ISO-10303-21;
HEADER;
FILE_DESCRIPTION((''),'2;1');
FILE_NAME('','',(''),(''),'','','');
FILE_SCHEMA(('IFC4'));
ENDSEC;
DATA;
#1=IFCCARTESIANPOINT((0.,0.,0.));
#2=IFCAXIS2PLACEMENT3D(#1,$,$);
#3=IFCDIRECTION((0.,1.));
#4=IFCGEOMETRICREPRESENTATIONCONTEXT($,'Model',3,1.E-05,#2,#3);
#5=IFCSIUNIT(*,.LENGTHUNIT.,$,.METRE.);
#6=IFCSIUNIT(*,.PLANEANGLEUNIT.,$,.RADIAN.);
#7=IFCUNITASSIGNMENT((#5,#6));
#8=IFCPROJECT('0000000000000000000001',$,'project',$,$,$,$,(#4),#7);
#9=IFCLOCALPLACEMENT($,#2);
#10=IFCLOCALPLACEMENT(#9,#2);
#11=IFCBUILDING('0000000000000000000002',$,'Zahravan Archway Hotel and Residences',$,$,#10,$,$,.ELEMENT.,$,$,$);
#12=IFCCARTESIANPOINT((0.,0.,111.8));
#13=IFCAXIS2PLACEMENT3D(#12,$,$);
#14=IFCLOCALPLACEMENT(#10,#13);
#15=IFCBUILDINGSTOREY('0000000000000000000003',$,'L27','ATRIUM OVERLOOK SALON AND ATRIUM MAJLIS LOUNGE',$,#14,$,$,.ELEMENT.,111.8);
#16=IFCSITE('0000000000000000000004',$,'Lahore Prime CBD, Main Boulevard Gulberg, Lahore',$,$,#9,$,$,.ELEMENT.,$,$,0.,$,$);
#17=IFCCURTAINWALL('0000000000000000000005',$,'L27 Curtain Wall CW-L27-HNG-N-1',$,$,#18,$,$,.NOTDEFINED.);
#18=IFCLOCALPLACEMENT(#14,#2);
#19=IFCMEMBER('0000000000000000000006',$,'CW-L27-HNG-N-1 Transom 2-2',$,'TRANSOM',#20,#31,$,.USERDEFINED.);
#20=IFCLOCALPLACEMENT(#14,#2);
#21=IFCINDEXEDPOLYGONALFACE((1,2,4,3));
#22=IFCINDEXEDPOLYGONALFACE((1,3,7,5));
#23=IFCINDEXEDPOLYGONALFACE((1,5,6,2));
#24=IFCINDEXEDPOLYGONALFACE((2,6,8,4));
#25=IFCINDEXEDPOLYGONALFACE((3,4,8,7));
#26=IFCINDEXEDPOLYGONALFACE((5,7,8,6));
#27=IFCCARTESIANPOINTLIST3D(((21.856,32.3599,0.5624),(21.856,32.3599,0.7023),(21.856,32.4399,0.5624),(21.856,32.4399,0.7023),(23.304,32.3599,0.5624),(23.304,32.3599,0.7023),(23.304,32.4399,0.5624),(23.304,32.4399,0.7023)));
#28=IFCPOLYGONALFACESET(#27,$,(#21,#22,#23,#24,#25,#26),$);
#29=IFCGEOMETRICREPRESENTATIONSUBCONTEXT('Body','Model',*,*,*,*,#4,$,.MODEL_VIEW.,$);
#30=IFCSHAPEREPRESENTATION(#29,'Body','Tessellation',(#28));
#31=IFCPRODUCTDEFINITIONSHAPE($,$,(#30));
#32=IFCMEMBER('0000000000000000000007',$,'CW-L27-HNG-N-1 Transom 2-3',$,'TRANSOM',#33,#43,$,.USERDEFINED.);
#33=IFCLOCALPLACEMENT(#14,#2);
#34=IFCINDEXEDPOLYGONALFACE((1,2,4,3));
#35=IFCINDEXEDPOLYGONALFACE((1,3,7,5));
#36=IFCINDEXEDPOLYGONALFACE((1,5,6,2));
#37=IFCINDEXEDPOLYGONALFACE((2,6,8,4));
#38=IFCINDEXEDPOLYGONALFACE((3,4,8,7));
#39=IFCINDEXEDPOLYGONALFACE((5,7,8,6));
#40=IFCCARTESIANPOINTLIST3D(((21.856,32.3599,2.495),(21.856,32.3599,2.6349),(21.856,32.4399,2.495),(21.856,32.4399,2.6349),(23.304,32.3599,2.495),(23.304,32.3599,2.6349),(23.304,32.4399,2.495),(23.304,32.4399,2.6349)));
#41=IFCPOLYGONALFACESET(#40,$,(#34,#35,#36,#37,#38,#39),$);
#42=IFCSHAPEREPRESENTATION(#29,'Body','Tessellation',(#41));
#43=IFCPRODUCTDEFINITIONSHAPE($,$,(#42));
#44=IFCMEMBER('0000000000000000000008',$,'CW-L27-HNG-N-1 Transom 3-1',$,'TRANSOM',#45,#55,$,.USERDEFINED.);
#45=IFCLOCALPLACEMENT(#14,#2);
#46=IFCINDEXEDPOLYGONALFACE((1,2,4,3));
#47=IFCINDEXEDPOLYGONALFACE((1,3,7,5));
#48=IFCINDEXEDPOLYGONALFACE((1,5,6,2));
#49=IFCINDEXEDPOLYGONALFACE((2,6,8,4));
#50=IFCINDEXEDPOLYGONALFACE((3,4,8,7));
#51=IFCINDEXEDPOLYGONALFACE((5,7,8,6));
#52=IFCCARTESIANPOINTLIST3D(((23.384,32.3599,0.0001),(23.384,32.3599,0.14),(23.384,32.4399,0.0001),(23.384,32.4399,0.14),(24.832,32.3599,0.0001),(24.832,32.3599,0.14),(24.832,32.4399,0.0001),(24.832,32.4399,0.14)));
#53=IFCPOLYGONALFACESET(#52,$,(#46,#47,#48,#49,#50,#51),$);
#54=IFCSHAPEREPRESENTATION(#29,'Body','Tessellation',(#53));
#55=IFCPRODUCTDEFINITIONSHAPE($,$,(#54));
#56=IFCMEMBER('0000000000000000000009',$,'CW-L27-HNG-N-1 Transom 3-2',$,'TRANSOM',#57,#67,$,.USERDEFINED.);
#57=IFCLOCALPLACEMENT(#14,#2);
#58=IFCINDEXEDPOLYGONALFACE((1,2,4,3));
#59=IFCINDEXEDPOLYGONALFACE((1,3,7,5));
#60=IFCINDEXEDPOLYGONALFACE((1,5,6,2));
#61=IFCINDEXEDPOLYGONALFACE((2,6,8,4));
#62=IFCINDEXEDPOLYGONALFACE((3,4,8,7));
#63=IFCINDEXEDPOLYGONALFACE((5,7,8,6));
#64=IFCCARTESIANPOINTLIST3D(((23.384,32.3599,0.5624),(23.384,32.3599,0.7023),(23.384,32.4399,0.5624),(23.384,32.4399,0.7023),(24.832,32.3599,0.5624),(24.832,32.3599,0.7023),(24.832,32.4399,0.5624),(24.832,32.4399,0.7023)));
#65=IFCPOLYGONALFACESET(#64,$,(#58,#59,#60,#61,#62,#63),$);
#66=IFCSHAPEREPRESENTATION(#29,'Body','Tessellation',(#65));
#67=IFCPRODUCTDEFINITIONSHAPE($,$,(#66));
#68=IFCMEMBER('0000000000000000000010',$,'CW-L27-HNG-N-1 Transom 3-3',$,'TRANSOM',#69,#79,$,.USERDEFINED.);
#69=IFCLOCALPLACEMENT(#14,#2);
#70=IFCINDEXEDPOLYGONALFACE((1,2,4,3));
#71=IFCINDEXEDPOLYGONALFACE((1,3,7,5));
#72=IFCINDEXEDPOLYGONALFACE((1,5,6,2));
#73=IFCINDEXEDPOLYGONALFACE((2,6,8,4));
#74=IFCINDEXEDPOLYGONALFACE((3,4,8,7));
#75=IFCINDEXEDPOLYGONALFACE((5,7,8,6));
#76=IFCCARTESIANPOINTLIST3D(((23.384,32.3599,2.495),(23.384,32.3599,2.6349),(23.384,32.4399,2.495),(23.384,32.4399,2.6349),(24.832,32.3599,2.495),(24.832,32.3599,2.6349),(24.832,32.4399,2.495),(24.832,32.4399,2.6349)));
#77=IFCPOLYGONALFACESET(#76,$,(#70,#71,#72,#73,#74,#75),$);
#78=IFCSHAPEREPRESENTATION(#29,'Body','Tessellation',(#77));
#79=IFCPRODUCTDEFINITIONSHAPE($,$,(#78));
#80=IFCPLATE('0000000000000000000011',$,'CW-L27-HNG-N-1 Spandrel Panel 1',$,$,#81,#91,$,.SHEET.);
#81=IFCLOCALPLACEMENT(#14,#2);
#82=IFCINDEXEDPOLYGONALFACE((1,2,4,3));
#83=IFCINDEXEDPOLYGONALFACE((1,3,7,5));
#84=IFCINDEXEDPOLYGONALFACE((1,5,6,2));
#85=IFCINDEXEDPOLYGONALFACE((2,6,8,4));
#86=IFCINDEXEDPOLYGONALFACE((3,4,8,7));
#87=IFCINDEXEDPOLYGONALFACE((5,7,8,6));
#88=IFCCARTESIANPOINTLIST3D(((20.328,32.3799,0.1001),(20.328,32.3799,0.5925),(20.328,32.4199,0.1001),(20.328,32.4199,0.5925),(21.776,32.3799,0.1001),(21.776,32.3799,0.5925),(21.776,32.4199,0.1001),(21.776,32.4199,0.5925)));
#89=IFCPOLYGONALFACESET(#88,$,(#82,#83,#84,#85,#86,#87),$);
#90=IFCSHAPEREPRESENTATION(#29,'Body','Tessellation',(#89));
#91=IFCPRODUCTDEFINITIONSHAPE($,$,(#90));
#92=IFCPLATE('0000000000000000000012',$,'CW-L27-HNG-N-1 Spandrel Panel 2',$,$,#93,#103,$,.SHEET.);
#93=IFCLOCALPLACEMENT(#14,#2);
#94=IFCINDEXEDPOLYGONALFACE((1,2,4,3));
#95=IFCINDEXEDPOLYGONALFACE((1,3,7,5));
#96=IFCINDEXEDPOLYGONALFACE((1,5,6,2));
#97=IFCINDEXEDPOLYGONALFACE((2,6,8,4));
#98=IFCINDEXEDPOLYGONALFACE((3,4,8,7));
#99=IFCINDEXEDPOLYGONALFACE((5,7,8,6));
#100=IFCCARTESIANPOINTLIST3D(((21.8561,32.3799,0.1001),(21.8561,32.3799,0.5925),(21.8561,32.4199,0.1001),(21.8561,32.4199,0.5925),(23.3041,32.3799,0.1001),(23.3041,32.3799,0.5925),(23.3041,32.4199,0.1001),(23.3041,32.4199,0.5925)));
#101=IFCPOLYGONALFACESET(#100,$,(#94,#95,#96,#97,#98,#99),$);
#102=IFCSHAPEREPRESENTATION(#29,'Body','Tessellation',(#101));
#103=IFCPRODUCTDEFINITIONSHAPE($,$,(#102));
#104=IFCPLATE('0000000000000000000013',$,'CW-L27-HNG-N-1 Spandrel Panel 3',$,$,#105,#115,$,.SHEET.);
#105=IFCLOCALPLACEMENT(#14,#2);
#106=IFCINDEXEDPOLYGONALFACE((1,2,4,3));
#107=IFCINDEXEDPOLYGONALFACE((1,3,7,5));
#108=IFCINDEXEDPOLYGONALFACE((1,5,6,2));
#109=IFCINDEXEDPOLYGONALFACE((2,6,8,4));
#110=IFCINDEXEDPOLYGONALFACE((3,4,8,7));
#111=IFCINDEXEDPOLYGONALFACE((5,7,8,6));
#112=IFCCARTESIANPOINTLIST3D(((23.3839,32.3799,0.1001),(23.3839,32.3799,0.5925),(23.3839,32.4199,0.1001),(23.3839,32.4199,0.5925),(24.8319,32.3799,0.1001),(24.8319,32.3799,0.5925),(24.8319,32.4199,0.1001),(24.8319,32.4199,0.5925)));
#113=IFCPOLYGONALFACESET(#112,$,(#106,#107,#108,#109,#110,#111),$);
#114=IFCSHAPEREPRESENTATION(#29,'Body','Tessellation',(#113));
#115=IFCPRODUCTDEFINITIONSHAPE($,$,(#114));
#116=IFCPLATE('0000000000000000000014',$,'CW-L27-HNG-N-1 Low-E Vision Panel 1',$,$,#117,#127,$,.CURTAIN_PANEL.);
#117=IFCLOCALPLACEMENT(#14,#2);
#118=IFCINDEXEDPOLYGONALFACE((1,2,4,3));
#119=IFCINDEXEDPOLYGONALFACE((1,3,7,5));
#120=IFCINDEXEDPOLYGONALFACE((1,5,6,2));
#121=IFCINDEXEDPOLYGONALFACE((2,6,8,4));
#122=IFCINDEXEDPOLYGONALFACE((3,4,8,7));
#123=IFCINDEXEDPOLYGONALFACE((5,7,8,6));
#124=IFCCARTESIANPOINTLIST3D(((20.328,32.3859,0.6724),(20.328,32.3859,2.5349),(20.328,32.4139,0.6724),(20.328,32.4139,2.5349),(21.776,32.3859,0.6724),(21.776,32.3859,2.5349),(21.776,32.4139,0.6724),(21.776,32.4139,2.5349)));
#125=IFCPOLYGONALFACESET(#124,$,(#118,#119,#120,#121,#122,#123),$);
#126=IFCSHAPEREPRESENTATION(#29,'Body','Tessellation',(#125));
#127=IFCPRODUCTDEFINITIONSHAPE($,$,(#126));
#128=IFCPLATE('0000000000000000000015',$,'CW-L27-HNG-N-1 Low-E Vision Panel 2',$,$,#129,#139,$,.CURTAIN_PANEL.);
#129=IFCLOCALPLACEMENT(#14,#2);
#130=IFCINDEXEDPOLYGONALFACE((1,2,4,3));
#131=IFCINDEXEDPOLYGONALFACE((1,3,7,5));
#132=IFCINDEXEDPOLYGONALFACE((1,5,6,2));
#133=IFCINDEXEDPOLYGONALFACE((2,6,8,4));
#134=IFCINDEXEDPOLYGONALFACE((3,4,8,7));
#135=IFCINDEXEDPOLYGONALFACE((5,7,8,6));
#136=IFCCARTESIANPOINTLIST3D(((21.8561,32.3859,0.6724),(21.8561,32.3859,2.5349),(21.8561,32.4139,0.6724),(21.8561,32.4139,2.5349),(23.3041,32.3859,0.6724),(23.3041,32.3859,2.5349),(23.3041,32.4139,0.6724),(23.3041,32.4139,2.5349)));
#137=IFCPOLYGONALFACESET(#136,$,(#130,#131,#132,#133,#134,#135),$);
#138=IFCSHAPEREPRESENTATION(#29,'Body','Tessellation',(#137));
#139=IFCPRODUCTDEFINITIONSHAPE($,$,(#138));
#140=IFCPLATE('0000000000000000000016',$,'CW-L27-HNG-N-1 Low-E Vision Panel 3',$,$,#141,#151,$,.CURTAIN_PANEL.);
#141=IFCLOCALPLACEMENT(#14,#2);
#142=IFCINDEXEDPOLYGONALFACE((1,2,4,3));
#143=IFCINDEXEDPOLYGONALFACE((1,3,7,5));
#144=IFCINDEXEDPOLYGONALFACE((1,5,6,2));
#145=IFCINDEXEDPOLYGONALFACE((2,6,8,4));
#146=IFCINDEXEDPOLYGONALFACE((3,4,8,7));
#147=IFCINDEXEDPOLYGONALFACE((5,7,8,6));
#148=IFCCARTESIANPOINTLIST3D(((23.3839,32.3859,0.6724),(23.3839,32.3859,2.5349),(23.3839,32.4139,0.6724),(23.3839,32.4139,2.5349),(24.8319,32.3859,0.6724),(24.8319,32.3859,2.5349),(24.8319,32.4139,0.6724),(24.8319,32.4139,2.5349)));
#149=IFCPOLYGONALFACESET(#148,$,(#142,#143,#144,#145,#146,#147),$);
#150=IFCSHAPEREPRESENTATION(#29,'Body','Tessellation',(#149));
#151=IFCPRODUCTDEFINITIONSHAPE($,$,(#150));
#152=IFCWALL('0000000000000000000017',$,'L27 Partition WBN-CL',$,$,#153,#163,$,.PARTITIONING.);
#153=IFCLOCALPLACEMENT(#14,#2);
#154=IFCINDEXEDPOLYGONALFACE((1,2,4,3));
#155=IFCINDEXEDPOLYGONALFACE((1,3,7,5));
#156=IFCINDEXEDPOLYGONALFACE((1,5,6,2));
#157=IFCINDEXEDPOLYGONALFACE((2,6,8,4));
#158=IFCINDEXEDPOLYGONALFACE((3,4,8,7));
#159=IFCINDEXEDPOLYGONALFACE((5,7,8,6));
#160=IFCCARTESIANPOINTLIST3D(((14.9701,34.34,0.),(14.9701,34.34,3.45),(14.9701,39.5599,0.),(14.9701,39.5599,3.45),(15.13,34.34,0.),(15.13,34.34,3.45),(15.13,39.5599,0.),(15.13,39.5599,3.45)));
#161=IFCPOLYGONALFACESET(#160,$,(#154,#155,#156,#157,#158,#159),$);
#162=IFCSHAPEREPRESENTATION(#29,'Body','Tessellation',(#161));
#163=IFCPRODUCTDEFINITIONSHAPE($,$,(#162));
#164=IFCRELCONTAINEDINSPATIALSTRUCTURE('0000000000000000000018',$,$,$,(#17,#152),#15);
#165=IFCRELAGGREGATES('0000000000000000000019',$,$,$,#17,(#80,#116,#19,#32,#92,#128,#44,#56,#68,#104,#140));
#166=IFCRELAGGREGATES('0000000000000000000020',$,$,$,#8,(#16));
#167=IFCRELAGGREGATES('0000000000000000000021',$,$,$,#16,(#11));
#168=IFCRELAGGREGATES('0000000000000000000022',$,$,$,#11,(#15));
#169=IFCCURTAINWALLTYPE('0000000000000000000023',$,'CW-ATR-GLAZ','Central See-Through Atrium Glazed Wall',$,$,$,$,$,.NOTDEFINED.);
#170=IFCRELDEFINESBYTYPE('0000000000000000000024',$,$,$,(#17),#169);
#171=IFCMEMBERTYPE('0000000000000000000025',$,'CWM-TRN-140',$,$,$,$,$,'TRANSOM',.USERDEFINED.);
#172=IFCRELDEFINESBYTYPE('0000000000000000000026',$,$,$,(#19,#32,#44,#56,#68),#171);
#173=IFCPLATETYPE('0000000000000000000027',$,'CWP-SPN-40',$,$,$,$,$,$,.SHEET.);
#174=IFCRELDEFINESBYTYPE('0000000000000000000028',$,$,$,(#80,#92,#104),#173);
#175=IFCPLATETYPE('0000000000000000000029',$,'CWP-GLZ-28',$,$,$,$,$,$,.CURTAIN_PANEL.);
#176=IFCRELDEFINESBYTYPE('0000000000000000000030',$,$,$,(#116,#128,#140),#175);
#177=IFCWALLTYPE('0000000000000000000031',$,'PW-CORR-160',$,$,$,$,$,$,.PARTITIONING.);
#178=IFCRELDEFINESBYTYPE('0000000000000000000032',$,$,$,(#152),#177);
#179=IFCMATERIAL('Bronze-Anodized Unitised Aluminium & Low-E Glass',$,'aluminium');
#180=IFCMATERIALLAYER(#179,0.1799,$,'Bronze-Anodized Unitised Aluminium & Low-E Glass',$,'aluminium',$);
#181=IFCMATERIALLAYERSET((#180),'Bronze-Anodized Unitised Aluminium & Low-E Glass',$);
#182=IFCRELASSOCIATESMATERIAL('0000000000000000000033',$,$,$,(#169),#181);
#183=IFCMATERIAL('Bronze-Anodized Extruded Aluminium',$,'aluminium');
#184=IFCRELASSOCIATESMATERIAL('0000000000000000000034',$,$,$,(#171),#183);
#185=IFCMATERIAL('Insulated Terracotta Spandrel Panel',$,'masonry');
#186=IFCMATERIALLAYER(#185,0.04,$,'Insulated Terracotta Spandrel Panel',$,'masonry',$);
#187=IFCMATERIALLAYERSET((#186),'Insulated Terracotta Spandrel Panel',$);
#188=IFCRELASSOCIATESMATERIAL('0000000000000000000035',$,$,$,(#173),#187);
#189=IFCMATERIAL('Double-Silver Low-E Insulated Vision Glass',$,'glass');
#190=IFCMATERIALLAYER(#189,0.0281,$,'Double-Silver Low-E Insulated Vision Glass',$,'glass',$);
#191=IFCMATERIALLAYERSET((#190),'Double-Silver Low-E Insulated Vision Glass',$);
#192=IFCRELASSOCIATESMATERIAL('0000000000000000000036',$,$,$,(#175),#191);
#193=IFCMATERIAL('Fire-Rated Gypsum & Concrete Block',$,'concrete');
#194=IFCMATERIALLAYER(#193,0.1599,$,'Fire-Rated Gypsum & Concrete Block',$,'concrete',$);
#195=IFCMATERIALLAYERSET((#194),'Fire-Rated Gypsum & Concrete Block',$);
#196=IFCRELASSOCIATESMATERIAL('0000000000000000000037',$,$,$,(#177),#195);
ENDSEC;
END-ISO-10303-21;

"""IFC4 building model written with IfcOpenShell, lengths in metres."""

from ifc_helpers import new_model, si_unit, direction, frame, frame_2d, origin, origin_2d, place, context, subcontext, project, spatial, rectangle, extrude, source, transform, mapped, material, layer, layer_set, material_profile, profile_set, type_object, element, aggregate, save


model = new_model("IFC4")

# Units and contexts
model_context = context("Model", 3, precision=1e-05, world=origin(), true_north=direction((0.0, 1.0)))
body_context = subcontext(model_context, "Body", "Model", "MODEL_VIEW")
ifc_project = project(units=[si_unit("LENGTHUNIT", "METRE"), si_unit("PLANEANGLEUNIT", "RADIAN")], contexts=[model_context])

# Site, building, storey
site_placement = place(None, origin())
site = spatial("IfcSite", under=ifc_project, at=site_placement, Name="Lahore Prime CBD, Main Boulevard Gulberg, Lahore", CompositionType="ELEMENT", RefElevation=0.0)
building_placement = place(site_placement, origin())
building = spatial("IfcBuilding", under=site, at=building_placement, Name="Zahravan Archway Hotel and Residences", CompositionType="ELEMENT")
storey_placement = place(building_placement, frame((0.0, 0.0, 111.8)))
storey = spatial("IfcBuildingStorey", under=building, at=storey_placement, Name="L27", Description="ATRIUM OVERLOOK SALON AND ATRIUM MAJLIS LOUNGE", CompositionType="ELEMENT", Elevation=111.8)

# Curtain wall, members, plates
ifc_material_1 = material(Name="Bronze-Anodized Unitised Aluminium & Low-E Glass", Category="aluminium")
ifc_layer_1 = layer(ifc_material_1, 0.1799, Name="Bronze-Anodized Unitised Aluminium & Low-E Glass", Category="aluminium")
ifc_layer_set_1 = layer_set([ifc_layer_1], Name="Bronze-Anodized Unitised Aluminium & Low-E Glass")
curtain_wall_type = type_object("IfcCurtainWallType", Name="CW-ATR-GLAZ", Description="Central See-Through Atrium Glazed Wall", PredefinedType="NOTDEFINED", material=ifc_layer_set_1)
curtain_wall_placement = place(storey_placement, origin())
curtain_wall = element("IfcCurtainWall", 1, at=curtain_wall_placement, inside=storey, type_object=curtain_wall_type, Name="L27 Curtain Wall CW-L27-HNG-N-1", PredefinedType="NOTDEFINED")
ifc_material_2 = material(Name="Bronze-Anodized Extruded Aluminium", Category="aluminium")
ifc_material_profile_1 = material_profile(ifc_material_2, rectangle(XDim=0.0801, YDim=0.1399, at=origin_2d()), Name="TRN 80x140", Category="aluminium")
ifc_profile_set_1 = profile_set([ifc_material_profile_1], Name="Bronze-Anodized Extruded Aluminium")
member_type_1 = type_object("IfcMemberType", Name="CWM-TRN-140", ElementType="TRANSOM", PredefinedType="USERDEFINED", material=ifc_profile_set_1)
shared_shape_1 = source(origin(), body_context, "Body", "SweptSolid", [
    extrude(rectangle(XDim=0.0801, YDim=0.1399, at=origin_2d()), origin(), (0.0, 0.0, 1.0), 1.448),
])
member_1_placement = place(storey_placement, frame((21.856, 32.3999, 0.6323), z_axis=(1.0, 0.0, 0.0), x_axis=(0.0, 1.0, 0.0)))
member_1 = element("IfcMember", 2, at=member_1_placement, type_object=member_type_1, Name="CW-L27-HNG-N-1 Transom 2-2", ObjectType="TRANSOM", PredefinedType="USERDEFINED", context=body_context, shape_type="MappedRepresentation", body=[
    mapped(shared_shape_1, transform((0.0, 0.0, 0.0), scale=1.0)),
])
member_2_placement = place(storey_placement, frame((21.856, 32.3999, 2.5649), z_axis=(1.0, 0.0, 0.0), x_axis=(0.0, 1.0, 0.0)))
member_2 = element("IfcMember", 3, at=member_2_placement, type_object=member_type_1, Name="CW-L27-HNG-N-1 Transom 2-3", ObjectType="TRANSOM", PredefinedType="USERDEFINED", context=body_context, shape_type="MappedRepresentation", body=[
    mapped(shared_shape_1, transform((0.0, 0.0, 0.0), scale=1.0)),
])
member_3_placement = place(storey_placement, frame((23.384, 32.3999, 0.0701), z_axis=(1.0, 0.0, 0.0), x_axis=(0.0, 1.0, 0.0)))
member_3 = element("IfcMember", 4, at=member_3_placement, type_object=member_type_1, Name="CW-L27-HNG-N-1 Transom 3-1", ObjectType="TRANSOM", PredefinedType="USERDEFINED", context=body_context, shape_type="MappedRepresentation", body=[
    mapped(shared_shape_1, transform((0.0, 0.0, 0.0), scale=1.0)),
])
member_4_placement = place(storey_placement, frame((23.384, 32.3999, 0.6323), z_axis=(1.0, 0.0, 0.0), x_axis=(0.0, 1.0, 0.0)))
member_4 = element("IfcMember", 5, at=member_4_placement, type_object=member_type_1, Name="CW-L27-HNG-N-1 Transom 3-2", ObjectType="TRANSOM", PredefinedType="USERDEFINED", context=body_context, shape_type="MappedRepresentation", body=[
    mapped(shared_shape_1, transform((0.0, 0.0, 0.0), scale=1.0)),
])
member_5_placement = place(storey_placement, frame((23.384, 32.3999, 2.5649), z_axis=(1.0, 0.0, 0.0), x_axis=(0.0, 1.0, 0.0)))
member_5 = element("IfcMember", 6, at=member_5_placement, type_object=member_type_1, Name="CW-L27-HNG-N-1 Transom 3-3", ObjectType="TRANSOM", PredefinedType="USERDEFINED", context=body_context, shape_type="MappedRepresentation", body=[
    mapped(shared_shape_1, transform((0.0, 0.0, 0.0), scale=1.0)),
])
ifc_material_3 = material(Name="Insulated Terracotta Spandrel Panel", Category="masonry")
ifc_layer_2 = layer(ifc_material_3, 0.04, Name="Insulated Terracotta Spandrel Panel", Category="masonry")
ifc_layer_set_2 = layer_set([ifc_layer_2], Name="Insulated Terracotta Spandrel Panel")
plate_type_1 = type_object("IfcPlateType", Name="CWP-SPN-40", PredefinedType="SHEET", material=ifc_layer_set_2)
shared_shape_2 = source(origin(), body_context, "Body", "SweptSolid", [
    extrude(rectangle(XDim=1.448, YDim=0.04, at=origin_2d()), origin(), (0.0, 0.0, 1.0), 0.4924),
])
plate_1_placement = place(storey_placement, frame((21.052, 32.3999, 0.1001), z_axis=(0.0, 0.0, 1.0), x_axis=(1.0, 0.0, 0.0)))
plate_1 = element("IfcPlate", 7, at=plate_1_placement, type_object=plate_type_1, Name="CW-L27-HNG-N-1 Spandrel Panel 1", PredefinedType="SHEET", context=body_context, shape_type="MappedRepresentation", body=[
    mapped(shared_shape_2, transform((0.0, 0.0, 0.0), scale=1.0)),
])
plate_2_placement = place(storey_placement, frame((22.5801, 32.3999, 0.1001), z_axis=(0.0, 0.0, 1.0), x_axis=(1.0, 0.0, 0.0)))
plate_2 = element("IfcPlate", 8, at=plate_2_placement, type_object=plate_type_1, Name="CW-L27-HNG-N-1 Spandrel Panel 2", PredefinedType="SHEET", context=body_context, shape_type="MappedRepresentation", body=[
    mapped(shared_shape_2, transform((0.0, 0.0, 0.0), scale=1.0)),
])
plate_3_placement = place(storey_placement, frame((24.1079, 32.3999, 0.1001), z_axis=(0.0, 0.0, 1.0), x_axis=(1.0, 0.0, 0.0)))
plate_3 = element("IfcPlate", 9, at=plate_3_placement, type_object=plate_type_1, Name="CW-L27-HNG-N-1 Spandrel Panel 3", PredefinedType="SHEET", context=body_context, shape_type="MappedRepresentation", body=[
    mapped(shared_shape_2, transform((0.0, 0.0, 0.0), scale=1.0)),
])
ifc_material_4 = material(Name="Double-Silver Low-E Insulated Vision Glass", Category="glass")
ifc_layer_3 = layer(ifc_material_4, 0.0281, Name="Double-Silver Low-E Insulated Vision Glass", Category="glass")
ifc_layer_set_3 = layer_set([ifc_layer_3], Name="Double-Silver Low-E Insulated Vision Glass")
plate_type_2 = type_object("IfcPlateType", Name="CWP-GLZ-28", PredefinedType="CURTAIN_PANEL", material=ifc_layer_set_3)
shared_shape_3 = source(origin(), body_context, "Body", "SweptSolid", [
    extrude(rectangle(XDim=1.448, YDim=0.0281, at=origin_2d()), origin(), (0.0, 0.0, 1.0), 1.8625),
])
plate_4_placement = place(storey_placement, frame((21.052, 32.3999, 0.6724), z_axis=(0.0, 0.0, 1.0), x_axis=(1.0, 0.0, 0.0)))
plate_4 = element("IfcPlate", 10, at=plate_4_placement, type_object=plate_type_2, Name="CW-L27-HNG-N-1 Low-E Vision Panel 1", PredefinedType="CURTAIN_PANEL", context=body_context, shape_type="MappedRepresentation", body=[
    mapped(shared_shape_3, transform((0.0, 0.0, 0.0), scale=1.0)),
])
plate_5_placement = place(storey_placement, frame((22.5801, 32.3999, 0.6724), z_axis=(0.0, 0.0, 1.0), x_axis=(1.0, 0.0, 0.0)))
plate_5 = element("IfcPlate", 11, at=plate_5_placement, type_object=plate_type_2, Name="CW-L27-HNG-N-1 Low-E Vision Panel 2", PredefinedType="CURTAIN_PANEL", context=body_context, shape_type="MappedRepresentation", body=[
    mapped(shared_shape_3, transform((0.0, 0.0, 0.0), scale=1.0)),
])
plate_6_placement = place(storey_placement, frame((24.1079, 32.3999, 0.6724), z_axis=(0.0, 0.0, 1.0), x_axis=(1.0, 0.0, 0.0)))
plate_6 = element("IfcPlate", 12, at=plate_6_placement, type_object=plate_type_2, Name="CW-L27-HNG-N-1 Low-E Vision Panel 3", PredefinedType="CURTAIN_PANEL", context=body_context, shape_type="MappedRepresentation", body=[
    mapped(shared_shape_3, transform((0.0, 0.0, 0.0), scale=1.0)),
])
aggregate(curtain_wall, [plate_1, plate_4, member_1, member_2, plate_2, plate_5, member_3, member_4, member_5, plate_3, plate_6])

# Wall
ifc_material_5 = material(Name="Fire-Rated Gypsum & Concrete Block", Category="concrete")
ifc_layer_4 = layer(ifc_material_5, 0.1599, Name="Fire-Rated Gypsum & Concrete Block", Category="concrete")
ifc_layer_set_4 = layer_set([ifc_layer_4], Name="Fire-Rated Gypsum & Concrete Block")
wall_type = type_object("IfcWallType", Name="PW-CORR-160", PredefinedType="PARTITIONING", material=ifc_layer_set_4)
wall_1_placement = place(storey_placement, frame((15.05, 34.3401, 0.0), z_axis=(0.0, 0.0, 1.0), x_axis=(0.0, 1.0, 0.0)))
element("IfcWall", 13, at=wall_1_placement, inside=storey, type_object=wall_type, Name="L27 Partition WBN-CL", PredefinedType="PARTITIONING", context=body_context, shape_type="SweptSolid", body=[
    extrude(rectangle(XDim=5.22, YDim=0.1599, at=frame_2d((2.6099, 0.0))), origin(), (0.0, 0.0, 1.0), 3.45),
])

save(model, "model.ifc")
